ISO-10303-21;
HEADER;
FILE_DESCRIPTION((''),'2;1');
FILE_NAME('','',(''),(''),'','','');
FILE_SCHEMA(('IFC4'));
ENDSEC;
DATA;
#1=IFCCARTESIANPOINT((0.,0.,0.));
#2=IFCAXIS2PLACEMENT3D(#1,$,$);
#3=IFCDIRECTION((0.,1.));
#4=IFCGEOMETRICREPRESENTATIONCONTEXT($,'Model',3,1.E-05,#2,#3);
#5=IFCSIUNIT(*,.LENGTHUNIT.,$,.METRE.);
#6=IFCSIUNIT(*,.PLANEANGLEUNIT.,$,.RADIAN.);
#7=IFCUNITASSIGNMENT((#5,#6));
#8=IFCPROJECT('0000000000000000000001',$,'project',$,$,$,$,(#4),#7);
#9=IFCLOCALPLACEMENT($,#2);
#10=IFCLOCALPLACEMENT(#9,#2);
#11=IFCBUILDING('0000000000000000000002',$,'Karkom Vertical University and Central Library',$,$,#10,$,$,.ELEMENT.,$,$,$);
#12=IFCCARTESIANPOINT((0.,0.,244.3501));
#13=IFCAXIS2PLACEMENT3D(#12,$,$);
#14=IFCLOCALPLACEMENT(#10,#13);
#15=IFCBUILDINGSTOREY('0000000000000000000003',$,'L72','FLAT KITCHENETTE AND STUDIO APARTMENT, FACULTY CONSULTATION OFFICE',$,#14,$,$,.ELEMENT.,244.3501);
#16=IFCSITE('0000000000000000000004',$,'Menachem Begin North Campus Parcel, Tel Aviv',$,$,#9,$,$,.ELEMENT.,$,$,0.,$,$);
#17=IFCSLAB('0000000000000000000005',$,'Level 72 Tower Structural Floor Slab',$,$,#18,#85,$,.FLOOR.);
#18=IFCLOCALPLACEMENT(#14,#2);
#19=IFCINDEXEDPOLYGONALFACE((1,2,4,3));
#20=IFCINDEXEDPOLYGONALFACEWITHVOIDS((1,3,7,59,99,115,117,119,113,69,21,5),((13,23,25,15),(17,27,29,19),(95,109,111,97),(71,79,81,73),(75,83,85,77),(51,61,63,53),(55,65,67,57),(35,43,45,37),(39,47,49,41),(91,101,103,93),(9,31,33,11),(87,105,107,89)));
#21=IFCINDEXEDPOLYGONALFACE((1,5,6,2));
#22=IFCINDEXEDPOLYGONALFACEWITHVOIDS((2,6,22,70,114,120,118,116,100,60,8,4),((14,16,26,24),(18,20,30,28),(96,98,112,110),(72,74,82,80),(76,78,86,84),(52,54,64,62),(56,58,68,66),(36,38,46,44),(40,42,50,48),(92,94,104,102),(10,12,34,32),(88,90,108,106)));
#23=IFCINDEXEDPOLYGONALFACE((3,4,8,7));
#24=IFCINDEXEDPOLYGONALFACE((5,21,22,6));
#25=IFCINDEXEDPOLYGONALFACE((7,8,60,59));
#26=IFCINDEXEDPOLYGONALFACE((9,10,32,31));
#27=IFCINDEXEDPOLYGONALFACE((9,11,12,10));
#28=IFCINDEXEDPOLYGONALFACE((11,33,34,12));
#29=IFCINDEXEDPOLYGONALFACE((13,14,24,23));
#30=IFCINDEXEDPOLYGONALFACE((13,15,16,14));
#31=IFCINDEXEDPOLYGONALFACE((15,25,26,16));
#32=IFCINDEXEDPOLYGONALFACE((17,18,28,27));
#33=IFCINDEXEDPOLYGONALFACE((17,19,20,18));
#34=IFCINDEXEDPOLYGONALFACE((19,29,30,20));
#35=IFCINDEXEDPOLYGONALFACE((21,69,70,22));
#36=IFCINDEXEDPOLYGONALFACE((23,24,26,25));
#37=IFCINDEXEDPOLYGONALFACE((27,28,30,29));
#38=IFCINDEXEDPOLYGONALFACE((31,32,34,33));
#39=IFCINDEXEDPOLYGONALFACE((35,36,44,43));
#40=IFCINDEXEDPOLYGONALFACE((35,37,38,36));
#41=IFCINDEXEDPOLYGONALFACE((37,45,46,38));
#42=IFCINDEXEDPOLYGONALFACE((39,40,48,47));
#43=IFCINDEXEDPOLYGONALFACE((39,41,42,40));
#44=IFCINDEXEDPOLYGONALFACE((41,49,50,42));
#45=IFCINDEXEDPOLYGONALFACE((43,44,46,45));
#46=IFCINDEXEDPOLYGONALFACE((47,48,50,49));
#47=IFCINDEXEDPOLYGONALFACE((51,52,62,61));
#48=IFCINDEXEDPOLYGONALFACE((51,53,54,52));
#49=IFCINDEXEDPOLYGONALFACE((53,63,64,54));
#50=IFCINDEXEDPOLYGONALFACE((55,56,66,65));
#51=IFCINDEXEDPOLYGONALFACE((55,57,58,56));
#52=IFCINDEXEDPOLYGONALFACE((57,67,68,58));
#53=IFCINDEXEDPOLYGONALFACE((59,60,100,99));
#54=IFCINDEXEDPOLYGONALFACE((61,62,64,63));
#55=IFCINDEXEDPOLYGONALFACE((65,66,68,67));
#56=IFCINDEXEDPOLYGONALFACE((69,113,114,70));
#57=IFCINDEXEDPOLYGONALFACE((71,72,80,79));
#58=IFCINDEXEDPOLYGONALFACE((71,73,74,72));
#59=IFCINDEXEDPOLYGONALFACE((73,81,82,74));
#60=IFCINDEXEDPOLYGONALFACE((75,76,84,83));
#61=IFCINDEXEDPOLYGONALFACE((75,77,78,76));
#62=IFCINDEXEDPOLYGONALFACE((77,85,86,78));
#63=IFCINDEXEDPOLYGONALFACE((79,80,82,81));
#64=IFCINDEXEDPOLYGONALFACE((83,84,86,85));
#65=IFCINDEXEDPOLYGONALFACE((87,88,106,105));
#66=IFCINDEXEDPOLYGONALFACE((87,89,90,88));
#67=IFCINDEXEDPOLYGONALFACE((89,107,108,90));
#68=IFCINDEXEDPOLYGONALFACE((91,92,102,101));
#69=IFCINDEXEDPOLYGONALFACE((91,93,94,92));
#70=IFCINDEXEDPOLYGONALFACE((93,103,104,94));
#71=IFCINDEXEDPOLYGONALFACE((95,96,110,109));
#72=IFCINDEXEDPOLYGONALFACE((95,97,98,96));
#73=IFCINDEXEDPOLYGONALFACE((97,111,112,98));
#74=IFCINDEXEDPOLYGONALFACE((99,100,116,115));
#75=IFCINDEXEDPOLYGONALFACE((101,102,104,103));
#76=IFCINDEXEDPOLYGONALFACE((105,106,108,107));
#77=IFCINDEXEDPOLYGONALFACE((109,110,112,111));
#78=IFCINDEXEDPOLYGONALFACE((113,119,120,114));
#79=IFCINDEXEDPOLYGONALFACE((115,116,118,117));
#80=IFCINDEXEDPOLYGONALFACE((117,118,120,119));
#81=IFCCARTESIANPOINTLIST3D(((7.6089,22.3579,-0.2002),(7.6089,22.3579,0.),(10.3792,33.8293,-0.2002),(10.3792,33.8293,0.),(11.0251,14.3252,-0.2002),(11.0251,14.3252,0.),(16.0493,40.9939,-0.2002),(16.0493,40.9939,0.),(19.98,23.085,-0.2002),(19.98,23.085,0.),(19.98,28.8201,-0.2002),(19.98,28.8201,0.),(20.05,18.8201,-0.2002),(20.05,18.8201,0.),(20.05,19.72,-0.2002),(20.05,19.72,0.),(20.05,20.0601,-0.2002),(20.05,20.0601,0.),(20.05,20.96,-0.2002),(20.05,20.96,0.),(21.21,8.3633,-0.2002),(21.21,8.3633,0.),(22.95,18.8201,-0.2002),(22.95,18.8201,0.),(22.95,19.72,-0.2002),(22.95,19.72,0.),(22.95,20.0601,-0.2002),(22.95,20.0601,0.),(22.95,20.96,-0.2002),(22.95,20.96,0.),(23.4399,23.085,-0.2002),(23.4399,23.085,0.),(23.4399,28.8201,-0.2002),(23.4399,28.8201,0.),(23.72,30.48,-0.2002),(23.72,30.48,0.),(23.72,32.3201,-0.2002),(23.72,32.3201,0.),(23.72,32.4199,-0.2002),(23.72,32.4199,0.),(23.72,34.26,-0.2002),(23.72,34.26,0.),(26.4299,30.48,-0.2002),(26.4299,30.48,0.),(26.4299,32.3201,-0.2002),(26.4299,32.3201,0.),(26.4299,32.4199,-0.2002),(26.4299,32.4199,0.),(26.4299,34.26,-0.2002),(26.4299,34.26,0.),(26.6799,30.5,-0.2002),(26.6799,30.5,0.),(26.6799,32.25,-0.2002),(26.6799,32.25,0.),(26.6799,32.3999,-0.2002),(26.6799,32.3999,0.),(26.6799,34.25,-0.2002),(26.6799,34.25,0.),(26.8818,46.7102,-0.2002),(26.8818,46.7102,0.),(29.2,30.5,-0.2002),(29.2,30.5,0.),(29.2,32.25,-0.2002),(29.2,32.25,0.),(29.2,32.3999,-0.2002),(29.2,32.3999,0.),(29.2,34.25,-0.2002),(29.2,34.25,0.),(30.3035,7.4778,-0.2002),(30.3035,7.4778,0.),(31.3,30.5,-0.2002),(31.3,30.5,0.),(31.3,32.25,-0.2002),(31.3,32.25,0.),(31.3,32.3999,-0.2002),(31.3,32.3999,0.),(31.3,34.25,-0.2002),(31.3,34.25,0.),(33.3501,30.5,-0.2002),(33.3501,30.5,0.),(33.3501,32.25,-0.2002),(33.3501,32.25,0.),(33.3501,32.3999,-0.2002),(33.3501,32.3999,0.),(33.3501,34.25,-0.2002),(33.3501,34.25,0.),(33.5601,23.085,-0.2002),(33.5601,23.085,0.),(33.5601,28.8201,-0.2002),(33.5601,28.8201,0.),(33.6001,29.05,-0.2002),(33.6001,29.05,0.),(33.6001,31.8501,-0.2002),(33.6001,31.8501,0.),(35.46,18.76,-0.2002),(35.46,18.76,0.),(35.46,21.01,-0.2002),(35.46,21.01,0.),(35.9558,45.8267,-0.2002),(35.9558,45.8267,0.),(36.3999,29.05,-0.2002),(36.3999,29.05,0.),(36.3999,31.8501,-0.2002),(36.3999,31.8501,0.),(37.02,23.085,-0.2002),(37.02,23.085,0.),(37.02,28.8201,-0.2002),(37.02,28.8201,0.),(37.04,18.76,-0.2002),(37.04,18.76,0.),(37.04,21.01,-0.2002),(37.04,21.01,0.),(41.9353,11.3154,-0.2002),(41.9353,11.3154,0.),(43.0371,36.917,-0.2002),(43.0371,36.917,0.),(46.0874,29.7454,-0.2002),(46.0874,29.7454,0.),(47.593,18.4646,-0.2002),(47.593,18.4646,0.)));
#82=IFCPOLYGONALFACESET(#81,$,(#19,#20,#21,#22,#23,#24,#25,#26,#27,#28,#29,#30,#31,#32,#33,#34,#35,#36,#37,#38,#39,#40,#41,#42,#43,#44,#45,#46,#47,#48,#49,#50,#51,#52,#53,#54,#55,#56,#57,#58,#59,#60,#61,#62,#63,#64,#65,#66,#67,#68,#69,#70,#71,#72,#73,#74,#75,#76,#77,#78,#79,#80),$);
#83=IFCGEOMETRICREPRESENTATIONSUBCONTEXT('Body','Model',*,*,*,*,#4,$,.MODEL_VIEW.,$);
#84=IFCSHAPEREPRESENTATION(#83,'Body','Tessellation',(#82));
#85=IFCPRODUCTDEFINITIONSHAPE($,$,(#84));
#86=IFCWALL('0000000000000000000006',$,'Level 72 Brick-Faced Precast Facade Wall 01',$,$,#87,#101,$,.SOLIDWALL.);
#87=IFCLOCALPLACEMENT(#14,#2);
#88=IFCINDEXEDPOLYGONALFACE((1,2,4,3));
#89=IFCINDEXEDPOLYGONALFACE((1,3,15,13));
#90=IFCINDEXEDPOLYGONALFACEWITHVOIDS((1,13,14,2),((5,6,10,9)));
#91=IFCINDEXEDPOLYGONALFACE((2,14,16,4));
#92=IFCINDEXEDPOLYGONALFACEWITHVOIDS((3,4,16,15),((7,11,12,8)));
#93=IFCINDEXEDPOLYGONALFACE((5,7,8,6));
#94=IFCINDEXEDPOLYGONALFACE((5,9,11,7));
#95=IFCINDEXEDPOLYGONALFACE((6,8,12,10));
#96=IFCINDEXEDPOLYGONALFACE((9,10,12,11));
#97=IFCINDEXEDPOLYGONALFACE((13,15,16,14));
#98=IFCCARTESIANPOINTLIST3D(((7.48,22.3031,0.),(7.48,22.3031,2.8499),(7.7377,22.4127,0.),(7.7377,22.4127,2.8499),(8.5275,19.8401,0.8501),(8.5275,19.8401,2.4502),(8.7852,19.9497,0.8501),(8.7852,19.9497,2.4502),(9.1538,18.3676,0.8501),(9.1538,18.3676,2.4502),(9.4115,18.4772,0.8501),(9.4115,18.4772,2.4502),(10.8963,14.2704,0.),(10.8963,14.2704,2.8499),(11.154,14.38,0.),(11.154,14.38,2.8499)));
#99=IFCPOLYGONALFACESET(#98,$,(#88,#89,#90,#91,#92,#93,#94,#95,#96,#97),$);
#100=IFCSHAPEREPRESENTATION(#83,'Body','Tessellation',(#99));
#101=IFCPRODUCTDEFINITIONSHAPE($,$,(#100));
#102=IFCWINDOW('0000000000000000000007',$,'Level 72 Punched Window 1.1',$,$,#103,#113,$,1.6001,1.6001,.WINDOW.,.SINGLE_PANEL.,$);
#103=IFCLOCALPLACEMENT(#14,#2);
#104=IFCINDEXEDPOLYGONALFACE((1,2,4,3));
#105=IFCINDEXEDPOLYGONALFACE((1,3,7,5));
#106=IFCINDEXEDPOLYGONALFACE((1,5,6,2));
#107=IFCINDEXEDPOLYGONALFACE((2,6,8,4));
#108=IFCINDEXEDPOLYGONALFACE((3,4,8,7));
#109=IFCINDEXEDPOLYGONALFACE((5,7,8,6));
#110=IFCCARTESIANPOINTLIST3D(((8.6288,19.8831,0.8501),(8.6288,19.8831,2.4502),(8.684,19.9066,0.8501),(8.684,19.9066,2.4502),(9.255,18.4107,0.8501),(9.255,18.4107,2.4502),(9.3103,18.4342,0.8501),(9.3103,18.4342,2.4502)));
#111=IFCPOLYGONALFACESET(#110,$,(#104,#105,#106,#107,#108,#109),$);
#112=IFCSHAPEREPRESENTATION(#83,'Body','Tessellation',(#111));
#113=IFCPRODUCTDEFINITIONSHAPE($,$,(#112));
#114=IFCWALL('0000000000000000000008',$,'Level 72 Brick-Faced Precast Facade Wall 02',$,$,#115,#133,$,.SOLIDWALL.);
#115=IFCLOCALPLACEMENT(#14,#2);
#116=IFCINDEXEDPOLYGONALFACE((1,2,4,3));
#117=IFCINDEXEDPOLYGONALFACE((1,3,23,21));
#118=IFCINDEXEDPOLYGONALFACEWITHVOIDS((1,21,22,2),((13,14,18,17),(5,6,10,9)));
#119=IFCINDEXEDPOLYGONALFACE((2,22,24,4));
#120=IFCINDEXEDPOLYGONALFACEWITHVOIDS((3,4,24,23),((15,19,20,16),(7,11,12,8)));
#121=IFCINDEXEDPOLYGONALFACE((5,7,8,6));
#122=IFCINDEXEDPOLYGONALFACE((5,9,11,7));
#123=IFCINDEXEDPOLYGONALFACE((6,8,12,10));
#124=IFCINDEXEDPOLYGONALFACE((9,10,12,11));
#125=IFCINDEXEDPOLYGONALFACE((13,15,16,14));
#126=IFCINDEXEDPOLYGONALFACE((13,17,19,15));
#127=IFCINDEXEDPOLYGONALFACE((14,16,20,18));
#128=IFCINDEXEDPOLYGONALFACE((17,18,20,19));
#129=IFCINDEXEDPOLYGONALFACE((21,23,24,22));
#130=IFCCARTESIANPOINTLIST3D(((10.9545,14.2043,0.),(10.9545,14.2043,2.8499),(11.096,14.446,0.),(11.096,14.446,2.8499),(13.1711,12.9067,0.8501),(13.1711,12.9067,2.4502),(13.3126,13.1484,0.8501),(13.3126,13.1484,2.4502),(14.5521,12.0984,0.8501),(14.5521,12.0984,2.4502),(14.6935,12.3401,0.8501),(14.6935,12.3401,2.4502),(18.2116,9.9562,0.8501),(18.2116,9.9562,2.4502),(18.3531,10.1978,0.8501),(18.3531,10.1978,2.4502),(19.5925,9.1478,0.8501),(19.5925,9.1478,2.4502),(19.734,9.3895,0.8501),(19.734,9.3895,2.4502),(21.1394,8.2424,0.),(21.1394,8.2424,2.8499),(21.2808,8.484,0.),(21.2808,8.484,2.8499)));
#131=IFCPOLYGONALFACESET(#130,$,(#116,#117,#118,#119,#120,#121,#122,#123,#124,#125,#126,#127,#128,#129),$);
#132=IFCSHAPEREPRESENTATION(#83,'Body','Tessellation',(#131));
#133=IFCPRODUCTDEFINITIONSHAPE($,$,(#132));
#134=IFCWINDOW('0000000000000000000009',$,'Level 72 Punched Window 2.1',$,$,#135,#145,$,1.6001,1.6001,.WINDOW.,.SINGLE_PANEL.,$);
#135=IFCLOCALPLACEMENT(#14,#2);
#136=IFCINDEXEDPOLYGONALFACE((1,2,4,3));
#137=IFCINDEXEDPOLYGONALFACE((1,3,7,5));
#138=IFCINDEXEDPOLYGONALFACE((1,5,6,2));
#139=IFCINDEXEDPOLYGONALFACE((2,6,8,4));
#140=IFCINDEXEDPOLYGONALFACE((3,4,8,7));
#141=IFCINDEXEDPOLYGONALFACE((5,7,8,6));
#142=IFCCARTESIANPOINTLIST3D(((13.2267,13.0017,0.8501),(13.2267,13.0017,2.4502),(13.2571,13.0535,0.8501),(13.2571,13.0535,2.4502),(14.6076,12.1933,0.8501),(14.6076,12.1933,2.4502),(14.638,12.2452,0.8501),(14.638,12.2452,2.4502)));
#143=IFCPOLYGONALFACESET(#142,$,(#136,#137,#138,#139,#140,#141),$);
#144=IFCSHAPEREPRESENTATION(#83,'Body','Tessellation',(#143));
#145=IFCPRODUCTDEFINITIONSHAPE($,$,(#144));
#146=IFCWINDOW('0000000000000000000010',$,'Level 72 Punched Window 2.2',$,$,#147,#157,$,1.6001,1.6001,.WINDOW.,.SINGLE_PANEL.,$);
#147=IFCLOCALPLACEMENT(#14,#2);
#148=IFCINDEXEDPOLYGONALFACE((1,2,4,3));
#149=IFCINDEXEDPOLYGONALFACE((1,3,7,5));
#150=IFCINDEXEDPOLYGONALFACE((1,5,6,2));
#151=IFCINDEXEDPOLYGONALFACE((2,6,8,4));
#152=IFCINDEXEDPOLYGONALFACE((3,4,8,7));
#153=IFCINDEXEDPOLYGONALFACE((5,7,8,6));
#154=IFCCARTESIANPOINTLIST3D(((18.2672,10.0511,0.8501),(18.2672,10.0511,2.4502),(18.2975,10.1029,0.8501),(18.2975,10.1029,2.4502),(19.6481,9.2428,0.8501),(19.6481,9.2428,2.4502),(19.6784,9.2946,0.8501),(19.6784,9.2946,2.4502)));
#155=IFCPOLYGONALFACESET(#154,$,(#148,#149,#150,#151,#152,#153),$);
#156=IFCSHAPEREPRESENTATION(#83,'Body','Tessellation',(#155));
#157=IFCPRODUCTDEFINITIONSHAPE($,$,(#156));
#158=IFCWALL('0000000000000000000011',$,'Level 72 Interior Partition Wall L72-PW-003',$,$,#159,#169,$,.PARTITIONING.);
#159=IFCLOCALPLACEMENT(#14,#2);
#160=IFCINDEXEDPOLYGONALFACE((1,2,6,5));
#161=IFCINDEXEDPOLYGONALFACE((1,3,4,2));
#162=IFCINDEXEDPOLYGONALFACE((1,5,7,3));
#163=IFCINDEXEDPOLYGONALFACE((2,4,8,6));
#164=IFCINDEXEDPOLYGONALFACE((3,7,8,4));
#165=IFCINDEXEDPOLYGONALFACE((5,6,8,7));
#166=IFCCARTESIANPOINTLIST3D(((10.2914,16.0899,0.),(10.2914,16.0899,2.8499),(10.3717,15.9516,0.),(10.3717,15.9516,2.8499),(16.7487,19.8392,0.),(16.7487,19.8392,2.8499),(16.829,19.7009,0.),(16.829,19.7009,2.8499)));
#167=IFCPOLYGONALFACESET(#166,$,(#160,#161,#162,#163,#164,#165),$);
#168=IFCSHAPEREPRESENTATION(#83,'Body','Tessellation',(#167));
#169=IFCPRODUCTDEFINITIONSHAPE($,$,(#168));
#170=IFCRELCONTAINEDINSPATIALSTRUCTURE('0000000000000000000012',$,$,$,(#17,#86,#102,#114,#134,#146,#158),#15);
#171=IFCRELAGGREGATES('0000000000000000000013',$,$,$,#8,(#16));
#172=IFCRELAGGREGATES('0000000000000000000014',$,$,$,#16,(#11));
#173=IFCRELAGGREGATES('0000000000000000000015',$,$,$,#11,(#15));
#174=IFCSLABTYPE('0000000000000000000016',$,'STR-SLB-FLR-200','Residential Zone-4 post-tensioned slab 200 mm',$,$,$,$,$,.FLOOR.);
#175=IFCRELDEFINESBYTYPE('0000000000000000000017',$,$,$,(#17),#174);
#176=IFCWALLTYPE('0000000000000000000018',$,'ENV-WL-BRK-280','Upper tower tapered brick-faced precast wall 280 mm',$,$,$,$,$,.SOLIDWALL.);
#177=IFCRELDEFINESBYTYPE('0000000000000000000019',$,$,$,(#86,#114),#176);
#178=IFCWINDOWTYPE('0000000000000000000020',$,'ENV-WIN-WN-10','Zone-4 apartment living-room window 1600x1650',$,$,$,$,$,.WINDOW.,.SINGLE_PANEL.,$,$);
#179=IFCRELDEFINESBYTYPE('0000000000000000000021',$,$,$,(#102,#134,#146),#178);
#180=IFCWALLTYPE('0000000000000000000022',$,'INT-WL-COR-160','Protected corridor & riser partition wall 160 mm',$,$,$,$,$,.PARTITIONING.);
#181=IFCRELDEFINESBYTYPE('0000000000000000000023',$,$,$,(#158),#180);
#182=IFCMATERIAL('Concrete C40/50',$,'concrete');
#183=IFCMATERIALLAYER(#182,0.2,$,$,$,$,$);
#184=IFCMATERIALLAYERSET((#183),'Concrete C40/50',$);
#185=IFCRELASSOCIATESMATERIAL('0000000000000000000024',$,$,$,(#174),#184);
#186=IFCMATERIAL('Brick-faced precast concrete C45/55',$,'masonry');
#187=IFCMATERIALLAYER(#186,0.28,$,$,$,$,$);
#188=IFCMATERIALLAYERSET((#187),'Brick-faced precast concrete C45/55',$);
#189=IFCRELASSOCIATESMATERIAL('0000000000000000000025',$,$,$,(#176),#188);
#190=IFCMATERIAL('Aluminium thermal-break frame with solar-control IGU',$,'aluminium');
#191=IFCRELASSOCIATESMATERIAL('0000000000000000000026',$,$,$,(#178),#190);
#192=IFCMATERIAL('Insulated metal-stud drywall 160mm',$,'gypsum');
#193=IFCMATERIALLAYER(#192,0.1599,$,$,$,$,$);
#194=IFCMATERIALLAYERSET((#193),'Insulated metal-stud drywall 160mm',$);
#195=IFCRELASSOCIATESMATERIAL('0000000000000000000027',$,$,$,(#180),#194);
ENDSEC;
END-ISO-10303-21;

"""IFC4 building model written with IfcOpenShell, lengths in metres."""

from ifc_helpers import new_model, si_unit, direction, frame, frame_2d, origin, origin_with_axes, place, context, subcontext, project, spatial, polyline, rectangle, outline, extrude, source, transform, mapped, material, layer, layer_set, type_object, element, fill, save


model = new_model("IFC4")

# Units and contexts
model_context = context("Model", 3, precision=1e-05, world=origin(), true_north=direction((0.0, 1.0)))
body_context = subcontext(model_context, "Body", "Model", "MODEL_VIEW")
ifc_project = project(units=[si_unit("LENGTHUNIT", "METRE"), si_unit("PLANEANGLEUNIT", "RADIAN")], contexts=[model_context])

# Site, building, storey
site_placement = place(None, origin())
site = spatial("IfcSite", under=ifc_project, at=site_placement, Name="Menachem Begin North Campus Parcel, Tel Aviv", CompositionType="ELEMENT", RefElevation=0.0)
building_placement = place(site_placement, origin())
building = spatial("IfcBuilding", under=site, at=building_placement, Name="Karkom Vertical University and Central Library", CompositionType="ELEMENT")
storey_placement = place(building_placement, frame((0.0, 0.0, 244.3501)))
storey = spatial("IfcBuildingStorey", under=building, at=storey_placement, Name="L72", Description="FLAT KITCHENETTE AND STUDIO APARTMENT, FACULTY CONSULTATION OFFICE", CompositionType="ELEMENT", Elevation=244.3501)

# Slab
ifc_material_1 = material(Name="Concrete C40/50", Category="concrete")
ifc_layer_1 = layer(ifc_material_1, 0.2)
ifc_layer_set_1 = layer_set([ifc_layer_1], Name="Concrete C40/50")
slab_type_1 = type_object("IfcSlabType", Name="STR-SLB-FLR-200", Description="Residential Zone-4 post-tensioned slab 200 mm", PredefinedType="FLOOR", material=ifc_layer_set_1)
slab_1_placement = place(storey_placement, frame((0.0, 0.0, -0.2002)))
element("IfcSlab", 1, at=slab_1_placement, inside=storey, type_object=slab_type_1, Name="Level 72 Tower Structural Floor Slab", PredefinedType="FLOOR", context=body_context, shape_type="SweptSolid", body=[
    extrude(outline(polyline([(7.6089, 22.3579), (11.0251, 14.3252), (21.21, 8.3633), (30.3035, 7.4778), (41.9353, 11.3154), (47.593, 18.4646), (46.0874, 29.7454), (43.0371, 36.917), (35.9558, 45.8267), (26.8818, 46.7102), (16.0493, 40.9939), (10.3792, 33.8293), (7.6089, 22.3579)]), holes=[polyline([(19.98, 23.085), (23.4399, 23.085), (23.4399, 28.8201), (19.98, 28.8201), (19.98, 23.085)]), polyline([(33.5601, 23.085), (37.02, 23.085), (37.02, 28.8201), (33.5601, 28.8201), (33.5601, 23.085)]), polyline([(26.6799, 30.5), (29.2, 30.5), (29.2, 32.25), (26.6799, 32.25), (26.6799, 30.5)]), polyline([(26.6799, 32.3999), (29.2, 32.3999), (29.2, 34.25), (26.6799, 34.25), (26.6799, 32.3999)]), polyline([(31.3, 30.5), (33.3501, 30.5), (33.3501, 32.25), (31.3, 32.25), (31.3, 30.5)]), polyline([(31.3, 32.3999), (33.3501, 32.3999), (33.3501, 34.25), (31.3, 34.25), (31.3, 32.3999)]), polyline([(23.72, 30.48), (26.4299, 30.48), (26.4299, 32.3201), (23.72, 32.3201), (23.72, 30.48)]), polyline([(23.72, 32.4199), (26.4299, 32.4199), (26.4299, 34.26), (23.72, 34.26), (23.72, 32.4199)]), polyline([(33.6001, 29.05), (36.3999, 29.05), (36.3999, 31.8501), (33.6001, 31.8501), (33.6001, 29.05)]), polyline([(20.05, 18.8201), (22.95, 18.8201), (22.95, 19.72), (20.05, 19.72), (20.05, 18.8201)]), polyline([(20.05, 20.0601), (22.95, 20.0601), (22.95, 20.96), (20.05, 20.96), (20.05, 20.0601)]), polyline([(35.46, 18.76), (37.04, 18.76), (37.04, 21.01), (35.46, 21.01), (35.46, 18.76)])]), origin(), (0.0, 0.0, 1.0), 0.2002),
])

# Wall, opening, window
ifc_material_2 = material(Name="Brick-faced precast concrete C45/55", Category="masonry")
ifc_layer_2 = layer(ifc_material_2, 0.28)
ifc_layer_set_2 = layer_set([ifc_layer_2], Name="Brick-faced precast concrete C45/55")
wall_type_1 = type_object("IfcWallType", Name="ENV-WL-BRK-280", Description="Upper tower tapered brick-faced precast wall 280 mm", PredefinedType="SOLIDWALL", material=ifc_layer_set_2)
wall_1_placement = place(storey_placement, frame((7.6089, 22.3579, 0.0), z_axis=(0.0, 0.0, 1.0), x_axis=(0.391369, -0.920234, 0.0)))
wall_1 = element("IfcWall", 2, at=wall_1_placement, inside=storey, type_object=wall_type_1, Name="Level 72 Brick-Faced Precast Facade Wall 01", PredefinedType="SOLIDWALL", context=body_context, shape_type="SweptSolid", body=[
    extrude(rectangle(XDim=8.729, YDim=0.28, at=frame_2d((4.3645, 0.0))), origin(), (0.0, 0.0, 1.0), 2.8499),
])
opening_1_placement = place(wall_1_placement, frame((2.6765, 0.0, 0.8501)))
opening_1 = element("IfcOpeningElement", 3, at=opening_1_placement, cuts=wall_1, PredefinedType="OPENING", context=body_context, shape_type="SweptSolid", body=[
    extrude(rectangle(XDim=1.6001, YDim=1.6001, at=frame_2d((0.8, 0.8))), frame((0.0, 0.1499, 0.0), z_axis=(0.0, -1.0, 0.0), x_axis=(1.0, 0.0, 0.0)), (0.0, 0.0, 1.0), 0.3),
])
ifc_material_3 = material(Name="Aluminium thermal-break frame with solar-control IGU", Category="aluminium")
window_type = type_object("IfcWindowType", Name="ENV-WIN-WN-10", Description="Zone-4 apartment living-room window 1600x1650", PartitioningType="SINGLE_PANEL", PredefinedType="WINDOW", material=ifc_material_3)
shared_shape_1 = source(origin_with_axes(), body_context, "Body", "SweptSolid", [
    extrude(rectangle(XDim=1.6001, YDim=1.6001, at=frame_2d((0.8, 0.8))), frame((0.0, 0.03, 0.0), z_axis=(0.0, -1.0, 0.0), x_axis=(1.0, 0.0, 0.0)), (0.0, 0.0, 1.0), 0.0601),
])
window_1_placement = place(opening_1_placement, origin())
window_1 = element("IfcWindow", 4, at=window_1_placement, inside=storey, type_object=window_type, Name="Level 72 Punched Window 1.1", OverallHeight=1.6001, OverallWidth=1.6001, PartitioningType="SINGLE_PANEL", PredefinedType="WINDOW", context=body_context, shape_type="MappedRepresentation", body=[
    mapped(shared_shape_1, transform((0.0, 0.0, 0.0), scale=1.0)),
])
fill(opening_1, window_1)

# Wall, openings, windows
wall_2_placement = place(storey_placement, frame((11.0251, 14.3252, 0.0), z_axis=(0.0, 0.0, 1.0), x_axis=(0.863012, -0.505184, 0.0)))
wall_2 = element("IfcWall", 5, at=wall_2_placement, inside=storey, type_object=wall_type_1, Name="Level 72 Brick-Faced Precast Facade Wall 02", PredefinedType="SOLIDWALL", context=body_context, shape_type="SweptSolid", body=[
    extrude(rectangle(XDim=11.8015, YDim=0.28, at=frame_2d((5.9009, 0.0))), origin(), (0.0, 0.0, 1.0), 2.8499),
])
opening_2_placement = place(wall_2_placement, frame((2.5686, 0.0, 0.8501)))
opening_2 = element("IfcOpeningElement", 6, at=opening_2_placement, cuts=wall_2, PredefinedType="OPENING", context=body_context, shape_type="SweptSolid", body=[
    extrude(rectangle(XDim=1.6001, YDim=1.6001, at=frame_2d((0.8, 0.8))), frame((0.0, 0.1499, 0.0), z_axis=(0.0, -1.0, 0.0), x_axis=(1.0, 0.0, 0.0)), (0.0, 0.0, 1.0), 0.3),
])
opening_3_placement = place(wall_2_placement, frame((8.4092, 0.0, 0.8501)))
opening_3 = element("IfcOpeningElement", 7, at=opening_3_placement, cuts=wall_2, PredefinedType="OPENING", context=body_context, shape_type="SweptSolid", body=[
    extrude(rectangle(XDim=1.6001, YDim=1.6001, at=frame_2d((0.8, 0.8))), frame((0.0, 0.1499, 0.0), z_axis=(0.0, -1.0, 0.0), x_axis=(1.0, 0.0, 0.0)), (0.0, 0.0, 1.0), 0.3),
])
window_2_placement = place(opening_2_placement, origin())
window_2 = element("IfcWindow", 8, at=window_2_placement, inside=storey, type_object=window_type, Name="Level 72 Punched Window 2.1", OverallHeight=1.6001, OverallWidth=1.6001, PartitioningType="SINGLE_PANEL", PredefinedType="WINDOW", context=body_context, shape_type="MappedRepresentation", body=[
    mapped(shared_shape_1, transform((0.0, 0.0, 0.0), scale=1.0)),
])
fill(opening_2, window_2)
window_3_placement = place(opening_3_placement, origin())
window_3 = element("IfcWindow", 9, at=window_3_placement, inside=storey, type_object=window_type, Name="Level 72 Punched Window 2.2", OverallHeight=1.6001, OverallWidth=1.6001, PartitioningType="SINGLE_PANEL", PredefinedType="WINDOW", context=body_context, shape_type="MappedRepresentation", body=[
    mapped(shared_shape_1, transform((0.0, 0.0, 0.0), scale=1.0)),
])
fill(opening_3, window_3)

# Shared definitions
ifc_material_4 = material(Name="Insulated metal-stud drywall 160mm", Category="gypsum")
ifc_layer_3 = layer(ifc_material_4, 0.1599)
ifc_layer_set_3 = layer_set([ifc_layer_3], Name="Insulated metal-stud drywall 160mm")
wall_type_2 = type_object("IfcWallType", Name="INT-WL-COR-160", Description="Protected corridor & riser partition wall 160 mm", PredefinedType="PARTITIONING", material=ifc_layer_set_3)

# Wall
wall_3_placement = place(storey_placement, frame((16.7888, 19.77, 0.0), z_axis=(0.0, 0.0, 1.0), x_axis=(-0.864796, -0.502124, 0.0)))
element("IfcWall", 10, at=wall_3_placement, inside=storey, type_object=wall_type_2, Name="Level 72 Interior Partition Wall L72-PW-003", PredefinedType="PARTITIONING", context=body_context, shape_type="SweptSolid", body=[
    extrude(rectangle(XDim=7.4668, YDim=0.1599, at=frame_2d((3.7334, 0.0))), origin(), (0.0, 0.0, 1.0), 2.8499),
])

save(model, "model.ifc")
